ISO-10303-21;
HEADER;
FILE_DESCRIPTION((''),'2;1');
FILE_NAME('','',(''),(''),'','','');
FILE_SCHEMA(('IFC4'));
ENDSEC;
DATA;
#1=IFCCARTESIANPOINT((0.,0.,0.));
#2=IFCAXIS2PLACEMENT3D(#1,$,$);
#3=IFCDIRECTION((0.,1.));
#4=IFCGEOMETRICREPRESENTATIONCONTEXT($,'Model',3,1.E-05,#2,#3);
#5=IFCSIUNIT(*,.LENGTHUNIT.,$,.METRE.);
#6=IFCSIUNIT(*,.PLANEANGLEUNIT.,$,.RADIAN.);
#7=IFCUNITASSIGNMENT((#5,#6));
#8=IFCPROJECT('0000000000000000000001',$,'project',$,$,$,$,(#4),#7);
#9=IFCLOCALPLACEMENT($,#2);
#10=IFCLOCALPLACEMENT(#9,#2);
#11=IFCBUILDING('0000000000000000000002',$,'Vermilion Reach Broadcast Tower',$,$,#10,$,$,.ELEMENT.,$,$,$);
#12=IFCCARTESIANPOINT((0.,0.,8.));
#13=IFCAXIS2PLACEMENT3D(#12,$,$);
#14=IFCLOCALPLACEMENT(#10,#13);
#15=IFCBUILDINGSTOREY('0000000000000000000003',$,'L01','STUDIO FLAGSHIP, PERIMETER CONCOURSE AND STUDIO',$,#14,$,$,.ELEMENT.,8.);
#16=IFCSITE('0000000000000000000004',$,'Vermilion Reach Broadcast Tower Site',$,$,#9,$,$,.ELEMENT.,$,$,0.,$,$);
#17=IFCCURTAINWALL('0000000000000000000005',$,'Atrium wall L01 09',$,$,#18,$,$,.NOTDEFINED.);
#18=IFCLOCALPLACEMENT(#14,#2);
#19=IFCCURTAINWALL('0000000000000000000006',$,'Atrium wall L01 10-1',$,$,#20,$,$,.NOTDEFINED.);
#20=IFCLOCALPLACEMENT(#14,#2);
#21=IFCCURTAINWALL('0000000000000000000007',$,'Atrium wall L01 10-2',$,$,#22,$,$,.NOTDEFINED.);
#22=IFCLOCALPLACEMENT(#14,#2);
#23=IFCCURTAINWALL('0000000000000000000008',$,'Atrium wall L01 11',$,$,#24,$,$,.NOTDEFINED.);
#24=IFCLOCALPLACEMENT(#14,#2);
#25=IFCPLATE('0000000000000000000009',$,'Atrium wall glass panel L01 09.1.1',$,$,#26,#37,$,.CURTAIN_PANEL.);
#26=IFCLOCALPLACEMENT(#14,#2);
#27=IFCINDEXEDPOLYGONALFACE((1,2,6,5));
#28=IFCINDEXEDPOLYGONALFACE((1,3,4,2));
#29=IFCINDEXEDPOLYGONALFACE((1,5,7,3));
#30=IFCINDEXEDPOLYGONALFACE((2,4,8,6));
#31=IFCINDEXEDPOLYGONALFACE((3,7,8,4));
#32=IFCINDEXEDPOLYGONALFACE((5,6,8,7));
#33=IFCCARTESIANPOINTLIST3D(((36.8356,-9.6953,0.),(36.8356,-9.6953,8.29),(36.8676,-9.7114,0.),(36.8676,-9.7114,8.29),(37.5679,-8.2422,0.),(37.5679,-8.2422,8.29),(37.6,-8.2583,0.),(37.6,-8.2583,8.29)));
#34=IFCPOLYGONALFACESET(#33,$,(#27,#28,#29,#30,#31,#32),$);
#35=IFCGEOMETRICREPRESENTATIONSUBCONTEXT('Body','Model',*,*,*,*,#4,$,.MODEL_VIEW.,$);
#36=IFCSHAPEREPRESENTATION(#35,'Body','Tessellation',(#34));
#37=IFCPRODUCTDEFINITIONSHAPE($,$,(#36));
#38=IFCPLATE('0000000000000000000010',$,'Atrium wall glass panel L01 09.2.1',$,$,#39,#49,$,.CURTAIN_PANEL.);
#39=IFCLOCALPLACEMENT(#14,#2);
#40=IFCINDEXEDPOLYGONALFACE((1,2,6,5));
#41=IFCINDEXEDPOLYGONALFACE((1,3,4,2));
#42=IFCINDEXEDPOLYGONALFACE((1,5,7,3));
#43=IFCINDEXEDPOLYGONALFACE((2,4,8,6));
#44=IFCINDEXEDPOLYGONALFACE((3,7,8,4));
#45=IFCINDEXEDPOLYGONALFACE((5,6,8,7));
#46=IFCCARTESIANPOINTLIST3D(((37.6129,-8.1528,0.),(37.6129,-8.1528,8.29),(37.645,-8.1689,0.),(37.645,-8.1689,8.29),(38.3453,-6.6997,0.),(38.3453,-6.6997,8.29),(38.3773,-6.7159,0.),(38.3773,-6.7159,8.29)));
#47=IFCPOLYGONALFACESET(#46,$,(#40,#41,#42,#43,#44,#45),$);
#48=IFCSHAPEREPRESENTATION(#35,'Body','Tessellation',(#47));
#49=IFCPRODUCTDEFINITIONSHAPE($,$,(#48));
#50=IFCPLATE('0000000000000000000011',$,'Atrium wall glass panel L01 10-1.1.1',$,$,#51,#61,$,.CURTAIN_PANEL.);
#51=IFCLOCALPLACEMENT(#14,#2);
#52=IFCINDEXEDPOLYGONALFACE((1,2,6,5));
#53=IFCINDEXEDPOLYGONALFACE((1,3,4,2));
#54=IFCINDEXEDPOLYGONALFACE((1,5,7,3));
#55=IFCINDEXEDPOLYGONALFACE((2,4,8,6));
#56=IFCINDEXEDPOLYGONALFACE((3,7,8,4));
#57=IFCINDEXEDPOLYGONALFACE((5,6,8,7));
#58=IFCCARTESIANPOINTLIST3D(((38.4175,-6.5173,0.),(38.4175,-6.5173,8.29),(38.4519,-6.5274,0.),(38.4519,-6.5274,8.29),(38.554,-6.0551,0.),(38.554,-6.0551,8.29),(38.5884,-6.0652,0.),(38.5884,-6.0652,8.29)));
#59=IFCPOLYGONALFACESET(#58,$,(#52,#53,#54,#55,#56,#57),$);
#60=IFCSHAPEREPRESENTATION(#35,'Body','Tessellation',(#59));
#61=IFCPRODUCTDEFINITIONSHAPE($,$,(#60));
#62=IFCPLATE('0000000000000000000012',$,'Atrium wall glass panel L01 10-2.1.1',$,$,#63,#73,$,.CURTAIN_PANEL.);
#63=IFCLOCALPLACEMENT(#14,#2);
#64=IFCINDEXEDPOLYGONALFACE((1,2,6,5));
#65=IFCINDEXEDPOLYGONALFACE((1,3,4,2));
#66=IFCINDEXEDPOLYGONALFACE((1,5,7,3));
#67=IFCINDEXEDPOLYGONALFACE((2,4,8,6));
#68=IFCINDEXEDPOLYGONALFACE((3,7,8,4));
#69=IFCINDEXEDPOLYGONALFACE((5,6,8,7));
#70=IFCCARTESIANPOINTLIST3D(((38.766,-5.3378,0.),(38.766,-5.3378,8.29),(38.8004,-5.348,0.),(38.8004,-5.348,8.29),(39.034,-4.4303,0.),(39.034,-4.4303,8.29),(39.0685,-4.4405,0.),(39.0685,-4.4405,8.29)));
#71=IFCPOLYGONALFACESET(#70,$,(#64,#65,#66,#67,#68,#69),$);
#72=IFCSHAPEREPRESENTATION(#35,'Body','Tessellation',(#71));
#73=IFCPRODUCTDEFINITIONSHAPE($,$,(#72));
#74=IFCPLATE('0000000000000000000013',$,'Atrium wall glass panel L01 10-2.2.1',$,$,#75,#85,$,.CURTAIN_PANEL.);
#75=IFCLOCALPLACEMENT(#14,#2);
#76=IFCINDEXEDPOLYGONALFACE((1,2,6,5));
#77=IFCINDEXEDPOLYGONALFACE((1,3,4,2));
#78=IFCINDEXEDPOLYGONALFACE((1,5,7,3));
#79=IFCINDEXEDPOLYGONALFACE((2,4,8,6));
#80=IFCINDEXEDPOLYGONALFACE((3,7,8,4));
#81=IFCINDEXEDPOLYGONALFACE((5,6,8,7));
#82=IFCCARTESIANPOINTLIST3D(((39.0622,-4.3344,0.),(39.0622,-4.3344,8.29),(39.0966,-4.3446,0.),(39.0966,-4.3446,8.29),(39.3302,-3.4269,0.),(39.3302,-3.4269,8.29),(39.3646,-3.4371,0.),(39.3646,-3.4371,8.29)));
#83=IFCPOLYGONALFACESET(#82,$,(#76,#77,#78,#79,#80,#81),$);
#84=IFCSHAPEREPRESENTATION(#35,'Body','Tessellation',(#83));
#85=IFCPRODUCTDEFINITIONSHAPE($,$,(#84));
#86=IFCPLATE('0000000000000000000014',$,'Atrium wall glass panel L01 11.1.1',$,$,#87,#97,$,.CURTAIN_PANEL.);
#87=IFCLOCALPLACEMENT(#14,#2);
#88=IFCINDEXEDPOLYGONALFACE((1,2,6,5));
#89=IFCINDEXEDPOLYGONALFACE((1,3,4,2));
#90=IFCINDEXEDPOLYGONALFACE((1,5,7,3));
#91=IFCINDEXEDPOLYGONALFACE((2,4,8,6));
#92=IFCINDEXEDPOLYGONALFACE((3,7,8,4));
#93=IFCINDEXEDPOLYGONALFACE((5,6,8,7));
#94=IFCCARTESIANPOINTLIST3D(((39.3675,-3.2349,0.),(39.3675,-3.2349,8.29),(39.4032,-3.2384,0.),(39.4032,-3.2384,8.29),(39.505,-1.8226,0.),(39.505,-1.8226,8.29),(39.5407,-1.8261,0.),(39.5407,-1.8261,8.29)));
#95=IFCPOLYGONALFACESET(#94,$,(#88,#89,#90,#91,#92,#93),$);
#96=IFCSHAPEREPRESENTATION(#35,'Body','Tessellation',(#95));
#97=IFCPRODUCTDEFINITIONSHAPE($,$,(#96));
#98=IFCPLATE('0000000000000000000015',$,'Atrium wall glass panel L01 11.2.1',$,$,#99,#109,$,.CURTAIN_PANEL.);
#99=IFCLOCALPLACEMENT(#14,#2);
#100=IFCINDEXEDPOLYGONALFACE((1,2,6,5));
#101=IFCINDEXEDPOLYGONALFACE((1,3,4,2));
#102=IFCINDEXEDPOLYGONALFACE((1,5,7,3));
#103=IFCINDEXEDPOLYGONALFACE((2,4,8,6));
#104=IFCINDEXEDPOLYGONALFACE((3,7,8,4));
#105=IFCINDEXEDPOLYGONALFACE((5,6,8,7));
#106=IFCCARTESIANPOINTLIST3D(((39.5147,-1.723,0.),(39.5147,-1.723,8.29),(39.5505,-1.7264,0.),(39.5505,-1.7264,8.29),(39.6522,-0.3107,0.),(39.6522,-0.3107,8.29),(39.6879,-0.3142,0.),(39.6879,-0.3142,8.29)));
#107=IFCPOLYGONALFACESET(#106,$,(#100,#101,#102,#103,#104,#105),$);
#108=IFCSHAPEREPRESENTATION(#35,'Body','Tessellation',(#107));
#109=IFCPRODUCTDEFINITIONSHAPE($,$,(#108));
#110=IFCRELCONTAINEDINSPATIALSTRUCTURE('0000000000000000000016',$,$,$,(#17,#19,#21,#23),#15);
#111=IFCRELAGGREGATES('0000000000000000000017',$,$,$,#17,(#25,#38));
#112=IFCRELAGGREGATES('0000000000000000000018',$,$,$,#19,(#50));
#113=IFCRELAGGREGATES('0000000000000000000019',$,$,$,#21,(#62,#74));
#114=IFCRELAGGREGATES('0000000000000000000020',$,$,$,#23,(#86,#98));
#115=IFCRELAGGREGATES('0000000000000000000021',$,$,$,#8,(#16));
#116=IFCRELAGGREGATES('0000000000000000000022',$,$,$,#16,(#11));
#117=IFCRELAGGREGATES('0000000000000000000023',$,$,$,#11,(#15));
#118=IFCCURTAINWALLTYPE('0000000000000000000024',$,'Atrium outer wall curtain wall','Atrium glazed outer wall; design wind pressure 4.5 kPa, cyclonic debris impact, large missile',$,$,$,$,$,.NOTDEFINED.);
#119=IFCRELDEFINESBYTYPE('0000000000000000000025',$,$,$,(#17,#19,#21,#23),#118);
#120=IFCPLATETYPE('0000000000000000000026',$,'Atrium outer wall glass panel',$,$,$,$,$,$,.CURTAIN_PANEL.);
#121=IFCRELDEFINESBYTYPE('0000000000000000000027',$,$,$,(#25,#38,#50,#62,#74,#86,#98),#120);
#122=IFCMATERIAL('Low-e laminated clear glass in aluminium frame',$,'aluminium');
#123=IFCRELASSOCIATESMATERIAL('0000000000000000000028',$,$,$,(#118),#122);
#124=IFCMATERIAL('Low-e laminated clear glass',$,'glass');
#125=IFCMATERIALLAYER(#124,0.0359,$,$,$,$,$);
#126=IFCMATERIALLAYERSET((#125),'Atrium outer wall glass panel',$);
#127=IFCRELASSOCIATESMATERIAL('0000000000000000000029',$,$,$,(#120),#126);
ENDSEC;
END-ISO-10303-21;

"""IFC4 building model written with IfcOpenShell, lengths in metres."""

from ifc_helpers import new_model, si_unit, direction, frame, origin, origin_2d, place, context, subcontext, project, spatial, rectangle, extrude, material, layer, layer_set, type_object, element, aggregate, save


model = new_model("IFC4")

# Units and contexts
model_context = context("Model", 3, precision=1e-05, world=origin(), true_north=direction((0.0, 1.0)))
body_context = subcontext(model_context, "Body", "Model", "MODEL_VIEW")
ifc_project = project(units=[si_unit("LENGTHUNIT", "METRE"), si_unit("PLANEANGLEUNIT", "RADIAN")], contexts=[model_context])

# Site, building, storey
site_placement = place(None, origin())
site = spatial("IfcSite", under=ifc_project, at=site_placement, Name="Vermilion Reach Broadcast Tower Site", CompositionType="ELEMENT", RefElevation=0.0)
building_placement = place(site_placement, origin())
building = spatial("IfcBuilding", under=site, at=building_placement, Name="Vermilion Reach Broadcast Tower", CompositionType="ELEMENT")
storey_placement = place(building_placement, frame((0.0, 0.0, 8.0)))
storey = spatial("IfcBuildingStorey", under=building, at=storey_placement, Name="L01", Description="STUDIO FLAGSHIP, PERIMETER CONCOURSE AND STUDIO", CompositionType="ELEMENT", Elevation=8.0)

# Curtain walls
ifc_material_1 = material(Name="Low-e laminated clear glass in aluminium frame", Category="aluminium")
curtain_wall_type = type_object("IfcCurtainWallType", Name="Atrium outer wall curtain wall", Description="Atrium glazed outer wall; design wind pressure 4.5 kPa, cyclonic debris impact, large missile", PredefinedType="NOTDEFINED", material=ifc_material_1)
placement = place(storey_placement, origin())
curtain_wall_1 = element("IfcCurtainWall", 1, at=placement, inside=storey, type_object=curtain_wall_type, Name="Atrium wall L01 09", PredefinedType="NOTDEFINED")
curtain_wall_2 = element("IfcCurtainWall", 2, at=placement, inside=storey, type_object=curtain_wall_type, Name="Atrium wall L01 10-1", PredefinedType="NOTDEFINED")
curtain_wall_3 = element("IfcCurtainWall", 3, at=placement, inside=storey, type_object=curtain_wall_type, Name="Atrium wall L01 10-2", PredefinedType="NOTDEFINED")
curtain_wall_4 = element("IfcCurtainWall", 4, at=placement, inside=storey, type_object=curtain_wall_type, Name="Atrium wall L01 11", PredefinedType="NOTDEFINED")

# Plates
ifc_material_2 = material(Name="Low-e laminated clear glass", Category="glass")
ifc_layer = layer(ifc_material_2, 0.0359)
ifc_layer_set = layer_set([ifc_layer], Name="Atrium outer wall glass panel")
plate_type = type_object("IfcPlateType", Name="Atrium outer wall glass panel", PredefinedType="CURTAIN_PANEL", material=ifc_layer_set)
plate_1_placement = place(storey_placement, frame((37.2178, -8.9768, 0.0), z_axis=(0.0, 0.0, 1.0), x_axis=(0.450072, 0.892992, 0.0)))
plate_1 = element("IfcPlate", 5, at=plate_1_placement, type_object=plate_type, Name="Atrium wall glass panel L01 09.1.1", PredefinedType="CURTAIN_PANEL", context=body_context, shape_type="SweptSolid", body=[
    extrude(rectangle(XDim=1.6272, YDim=0.0359, at=origin_2d()), origin(), (0.0, 0.0, 1.0), 8.29),
])
plate_2_placement = place(storey_placement, frame((37.9951, -7.4343, 0.0), z_axis=(0.0, 0.0, 1.0), x_axis=(0.450072, 0.892992, 0.0)))
plate_2 = element("IfcPlate", 6, at=plate_2_placement, type_object=plate_type, Name="Atrium wall glass panel L01 09.2.1", PredefinedType="CURTAIN_PANEL", context=body_context, shape_type="SweptSolid", body=[
    extrude(rectangle(XDim=1.6272, YDim=0.0359, at=origin_2d()), origin(), (0.0, 0.0, 1.0), 8.29),
])
aggregate(curtain_wall_1, [plate_1, plate_2])
plate_3_placement = place(storey_placement, frame((38.5029, -6.2913, 0.0), z_axis=(0.0, 0.0, 1.0), x_axis=(0.283245, 0.959048, 0.0)))
plate_3 = element("IfcPlate", 7, at=plate_3_placement, type_object=plate_type, Name="Atrium wall glass panel L01 10-1.1.1", PredefinedType="CURTAIN_PANEL", context=body_context, shape_type="SweptSolid", body=[
    extrude(rectangle(XDim=0.4819, YDim=0.0359, at=origin_2d()), origin(), (0.0, 0.0, 1.0), 8.29),
])
aggregate(curtain_wall_2, [plate_3])
plate_4_placement = place(storey_placement, frame((38.9172, -4.8892, 0.0), z_axis=(0.0, 0.0, 1.0), x_axis=(0.283245, 0.959048, 0.0)))
plate_4 = element("IfcPlate", 8, at=plate_4_placement, type_object=plate_type, Name="Atrium wall glass panel L01 10-2.1.1", PredefinedType="CURTAIN_PANEL", context=body_context, shape_type="SweptSolid", body=[
    extrude(rectangle(XDim=0.9463, YDim=0.0359, at=origin_2d()), origin(), (0.0, 0.0, 1.0), 8.29),
])
plate_5_placement = place(storey_placement, frame((39.2134, -3.8857, 0.0), z_axis=(0.0, 0.0, 1.0), x_axis=(0.283245, 0.959048, 0.0)))
plate_5 = element("IfcPlate", 9, at=plate_5_placement, type_object=plate_type, Name="Atrium wall glass panel L01 10-2.2.1", PredefinedType="CURTAIN_PANEL", context=body_context, shape_type="SweptSolid", body=[
    extrude(rectangle(XDim=0.9463, YDim=0.0359, at=origin_2d()), origin(), (0.0, 0.0, 1.0), 8.29),
])
aggregate(curtain_wall_3, [plate_4, plate_5])
plate_6_placement = place(storey_placement, frame((39.4541, -2.5305, 0.0), z_axis=(0.0, 0.0, 1.0), x_axis=(0.096861, 0.995298, 0.0)))
plate_6 = element("IfcPlate", 10, at=plate_6_placement, type_object=plate_type, Name="Atrium wall glass panel L01 11.1.1", PredefinedType="CURTAIN_PANEL", context=body_context, shape_type="SweptSolid", body=[
    extrude(rectangle(XDim=1.4189, YDim=0.0359, at=origin_2d()), origin(), (0.0, 0.0, 1.0), 8.29),
])
plate_7_placement = place(storey_placement, frame((39.6013, -1.0186, 0.0), z_axis=(0.0, 0.0, 1.0), x_axis=(0.096861, 0.995298, 0.0)))
plate_7 = element("IfcPlate", 11, at=plate_7_placement, type_object=plate_type, Name="Atrium wall glass panel L01 11.2.1", PredefinedType="CURTAIN_PANEL", context=body_context, shape_type="SweptSolid", body=[
    extrude(rectangle(XDim=1.4189, YDim=0.0359, at=origin_2d()), origin(), (0.0, 0.0, 1.0), 8.29),
])
aggregate(curtain_wall_4, [plate_6, plate_7])

save(model, "model.ifc")
